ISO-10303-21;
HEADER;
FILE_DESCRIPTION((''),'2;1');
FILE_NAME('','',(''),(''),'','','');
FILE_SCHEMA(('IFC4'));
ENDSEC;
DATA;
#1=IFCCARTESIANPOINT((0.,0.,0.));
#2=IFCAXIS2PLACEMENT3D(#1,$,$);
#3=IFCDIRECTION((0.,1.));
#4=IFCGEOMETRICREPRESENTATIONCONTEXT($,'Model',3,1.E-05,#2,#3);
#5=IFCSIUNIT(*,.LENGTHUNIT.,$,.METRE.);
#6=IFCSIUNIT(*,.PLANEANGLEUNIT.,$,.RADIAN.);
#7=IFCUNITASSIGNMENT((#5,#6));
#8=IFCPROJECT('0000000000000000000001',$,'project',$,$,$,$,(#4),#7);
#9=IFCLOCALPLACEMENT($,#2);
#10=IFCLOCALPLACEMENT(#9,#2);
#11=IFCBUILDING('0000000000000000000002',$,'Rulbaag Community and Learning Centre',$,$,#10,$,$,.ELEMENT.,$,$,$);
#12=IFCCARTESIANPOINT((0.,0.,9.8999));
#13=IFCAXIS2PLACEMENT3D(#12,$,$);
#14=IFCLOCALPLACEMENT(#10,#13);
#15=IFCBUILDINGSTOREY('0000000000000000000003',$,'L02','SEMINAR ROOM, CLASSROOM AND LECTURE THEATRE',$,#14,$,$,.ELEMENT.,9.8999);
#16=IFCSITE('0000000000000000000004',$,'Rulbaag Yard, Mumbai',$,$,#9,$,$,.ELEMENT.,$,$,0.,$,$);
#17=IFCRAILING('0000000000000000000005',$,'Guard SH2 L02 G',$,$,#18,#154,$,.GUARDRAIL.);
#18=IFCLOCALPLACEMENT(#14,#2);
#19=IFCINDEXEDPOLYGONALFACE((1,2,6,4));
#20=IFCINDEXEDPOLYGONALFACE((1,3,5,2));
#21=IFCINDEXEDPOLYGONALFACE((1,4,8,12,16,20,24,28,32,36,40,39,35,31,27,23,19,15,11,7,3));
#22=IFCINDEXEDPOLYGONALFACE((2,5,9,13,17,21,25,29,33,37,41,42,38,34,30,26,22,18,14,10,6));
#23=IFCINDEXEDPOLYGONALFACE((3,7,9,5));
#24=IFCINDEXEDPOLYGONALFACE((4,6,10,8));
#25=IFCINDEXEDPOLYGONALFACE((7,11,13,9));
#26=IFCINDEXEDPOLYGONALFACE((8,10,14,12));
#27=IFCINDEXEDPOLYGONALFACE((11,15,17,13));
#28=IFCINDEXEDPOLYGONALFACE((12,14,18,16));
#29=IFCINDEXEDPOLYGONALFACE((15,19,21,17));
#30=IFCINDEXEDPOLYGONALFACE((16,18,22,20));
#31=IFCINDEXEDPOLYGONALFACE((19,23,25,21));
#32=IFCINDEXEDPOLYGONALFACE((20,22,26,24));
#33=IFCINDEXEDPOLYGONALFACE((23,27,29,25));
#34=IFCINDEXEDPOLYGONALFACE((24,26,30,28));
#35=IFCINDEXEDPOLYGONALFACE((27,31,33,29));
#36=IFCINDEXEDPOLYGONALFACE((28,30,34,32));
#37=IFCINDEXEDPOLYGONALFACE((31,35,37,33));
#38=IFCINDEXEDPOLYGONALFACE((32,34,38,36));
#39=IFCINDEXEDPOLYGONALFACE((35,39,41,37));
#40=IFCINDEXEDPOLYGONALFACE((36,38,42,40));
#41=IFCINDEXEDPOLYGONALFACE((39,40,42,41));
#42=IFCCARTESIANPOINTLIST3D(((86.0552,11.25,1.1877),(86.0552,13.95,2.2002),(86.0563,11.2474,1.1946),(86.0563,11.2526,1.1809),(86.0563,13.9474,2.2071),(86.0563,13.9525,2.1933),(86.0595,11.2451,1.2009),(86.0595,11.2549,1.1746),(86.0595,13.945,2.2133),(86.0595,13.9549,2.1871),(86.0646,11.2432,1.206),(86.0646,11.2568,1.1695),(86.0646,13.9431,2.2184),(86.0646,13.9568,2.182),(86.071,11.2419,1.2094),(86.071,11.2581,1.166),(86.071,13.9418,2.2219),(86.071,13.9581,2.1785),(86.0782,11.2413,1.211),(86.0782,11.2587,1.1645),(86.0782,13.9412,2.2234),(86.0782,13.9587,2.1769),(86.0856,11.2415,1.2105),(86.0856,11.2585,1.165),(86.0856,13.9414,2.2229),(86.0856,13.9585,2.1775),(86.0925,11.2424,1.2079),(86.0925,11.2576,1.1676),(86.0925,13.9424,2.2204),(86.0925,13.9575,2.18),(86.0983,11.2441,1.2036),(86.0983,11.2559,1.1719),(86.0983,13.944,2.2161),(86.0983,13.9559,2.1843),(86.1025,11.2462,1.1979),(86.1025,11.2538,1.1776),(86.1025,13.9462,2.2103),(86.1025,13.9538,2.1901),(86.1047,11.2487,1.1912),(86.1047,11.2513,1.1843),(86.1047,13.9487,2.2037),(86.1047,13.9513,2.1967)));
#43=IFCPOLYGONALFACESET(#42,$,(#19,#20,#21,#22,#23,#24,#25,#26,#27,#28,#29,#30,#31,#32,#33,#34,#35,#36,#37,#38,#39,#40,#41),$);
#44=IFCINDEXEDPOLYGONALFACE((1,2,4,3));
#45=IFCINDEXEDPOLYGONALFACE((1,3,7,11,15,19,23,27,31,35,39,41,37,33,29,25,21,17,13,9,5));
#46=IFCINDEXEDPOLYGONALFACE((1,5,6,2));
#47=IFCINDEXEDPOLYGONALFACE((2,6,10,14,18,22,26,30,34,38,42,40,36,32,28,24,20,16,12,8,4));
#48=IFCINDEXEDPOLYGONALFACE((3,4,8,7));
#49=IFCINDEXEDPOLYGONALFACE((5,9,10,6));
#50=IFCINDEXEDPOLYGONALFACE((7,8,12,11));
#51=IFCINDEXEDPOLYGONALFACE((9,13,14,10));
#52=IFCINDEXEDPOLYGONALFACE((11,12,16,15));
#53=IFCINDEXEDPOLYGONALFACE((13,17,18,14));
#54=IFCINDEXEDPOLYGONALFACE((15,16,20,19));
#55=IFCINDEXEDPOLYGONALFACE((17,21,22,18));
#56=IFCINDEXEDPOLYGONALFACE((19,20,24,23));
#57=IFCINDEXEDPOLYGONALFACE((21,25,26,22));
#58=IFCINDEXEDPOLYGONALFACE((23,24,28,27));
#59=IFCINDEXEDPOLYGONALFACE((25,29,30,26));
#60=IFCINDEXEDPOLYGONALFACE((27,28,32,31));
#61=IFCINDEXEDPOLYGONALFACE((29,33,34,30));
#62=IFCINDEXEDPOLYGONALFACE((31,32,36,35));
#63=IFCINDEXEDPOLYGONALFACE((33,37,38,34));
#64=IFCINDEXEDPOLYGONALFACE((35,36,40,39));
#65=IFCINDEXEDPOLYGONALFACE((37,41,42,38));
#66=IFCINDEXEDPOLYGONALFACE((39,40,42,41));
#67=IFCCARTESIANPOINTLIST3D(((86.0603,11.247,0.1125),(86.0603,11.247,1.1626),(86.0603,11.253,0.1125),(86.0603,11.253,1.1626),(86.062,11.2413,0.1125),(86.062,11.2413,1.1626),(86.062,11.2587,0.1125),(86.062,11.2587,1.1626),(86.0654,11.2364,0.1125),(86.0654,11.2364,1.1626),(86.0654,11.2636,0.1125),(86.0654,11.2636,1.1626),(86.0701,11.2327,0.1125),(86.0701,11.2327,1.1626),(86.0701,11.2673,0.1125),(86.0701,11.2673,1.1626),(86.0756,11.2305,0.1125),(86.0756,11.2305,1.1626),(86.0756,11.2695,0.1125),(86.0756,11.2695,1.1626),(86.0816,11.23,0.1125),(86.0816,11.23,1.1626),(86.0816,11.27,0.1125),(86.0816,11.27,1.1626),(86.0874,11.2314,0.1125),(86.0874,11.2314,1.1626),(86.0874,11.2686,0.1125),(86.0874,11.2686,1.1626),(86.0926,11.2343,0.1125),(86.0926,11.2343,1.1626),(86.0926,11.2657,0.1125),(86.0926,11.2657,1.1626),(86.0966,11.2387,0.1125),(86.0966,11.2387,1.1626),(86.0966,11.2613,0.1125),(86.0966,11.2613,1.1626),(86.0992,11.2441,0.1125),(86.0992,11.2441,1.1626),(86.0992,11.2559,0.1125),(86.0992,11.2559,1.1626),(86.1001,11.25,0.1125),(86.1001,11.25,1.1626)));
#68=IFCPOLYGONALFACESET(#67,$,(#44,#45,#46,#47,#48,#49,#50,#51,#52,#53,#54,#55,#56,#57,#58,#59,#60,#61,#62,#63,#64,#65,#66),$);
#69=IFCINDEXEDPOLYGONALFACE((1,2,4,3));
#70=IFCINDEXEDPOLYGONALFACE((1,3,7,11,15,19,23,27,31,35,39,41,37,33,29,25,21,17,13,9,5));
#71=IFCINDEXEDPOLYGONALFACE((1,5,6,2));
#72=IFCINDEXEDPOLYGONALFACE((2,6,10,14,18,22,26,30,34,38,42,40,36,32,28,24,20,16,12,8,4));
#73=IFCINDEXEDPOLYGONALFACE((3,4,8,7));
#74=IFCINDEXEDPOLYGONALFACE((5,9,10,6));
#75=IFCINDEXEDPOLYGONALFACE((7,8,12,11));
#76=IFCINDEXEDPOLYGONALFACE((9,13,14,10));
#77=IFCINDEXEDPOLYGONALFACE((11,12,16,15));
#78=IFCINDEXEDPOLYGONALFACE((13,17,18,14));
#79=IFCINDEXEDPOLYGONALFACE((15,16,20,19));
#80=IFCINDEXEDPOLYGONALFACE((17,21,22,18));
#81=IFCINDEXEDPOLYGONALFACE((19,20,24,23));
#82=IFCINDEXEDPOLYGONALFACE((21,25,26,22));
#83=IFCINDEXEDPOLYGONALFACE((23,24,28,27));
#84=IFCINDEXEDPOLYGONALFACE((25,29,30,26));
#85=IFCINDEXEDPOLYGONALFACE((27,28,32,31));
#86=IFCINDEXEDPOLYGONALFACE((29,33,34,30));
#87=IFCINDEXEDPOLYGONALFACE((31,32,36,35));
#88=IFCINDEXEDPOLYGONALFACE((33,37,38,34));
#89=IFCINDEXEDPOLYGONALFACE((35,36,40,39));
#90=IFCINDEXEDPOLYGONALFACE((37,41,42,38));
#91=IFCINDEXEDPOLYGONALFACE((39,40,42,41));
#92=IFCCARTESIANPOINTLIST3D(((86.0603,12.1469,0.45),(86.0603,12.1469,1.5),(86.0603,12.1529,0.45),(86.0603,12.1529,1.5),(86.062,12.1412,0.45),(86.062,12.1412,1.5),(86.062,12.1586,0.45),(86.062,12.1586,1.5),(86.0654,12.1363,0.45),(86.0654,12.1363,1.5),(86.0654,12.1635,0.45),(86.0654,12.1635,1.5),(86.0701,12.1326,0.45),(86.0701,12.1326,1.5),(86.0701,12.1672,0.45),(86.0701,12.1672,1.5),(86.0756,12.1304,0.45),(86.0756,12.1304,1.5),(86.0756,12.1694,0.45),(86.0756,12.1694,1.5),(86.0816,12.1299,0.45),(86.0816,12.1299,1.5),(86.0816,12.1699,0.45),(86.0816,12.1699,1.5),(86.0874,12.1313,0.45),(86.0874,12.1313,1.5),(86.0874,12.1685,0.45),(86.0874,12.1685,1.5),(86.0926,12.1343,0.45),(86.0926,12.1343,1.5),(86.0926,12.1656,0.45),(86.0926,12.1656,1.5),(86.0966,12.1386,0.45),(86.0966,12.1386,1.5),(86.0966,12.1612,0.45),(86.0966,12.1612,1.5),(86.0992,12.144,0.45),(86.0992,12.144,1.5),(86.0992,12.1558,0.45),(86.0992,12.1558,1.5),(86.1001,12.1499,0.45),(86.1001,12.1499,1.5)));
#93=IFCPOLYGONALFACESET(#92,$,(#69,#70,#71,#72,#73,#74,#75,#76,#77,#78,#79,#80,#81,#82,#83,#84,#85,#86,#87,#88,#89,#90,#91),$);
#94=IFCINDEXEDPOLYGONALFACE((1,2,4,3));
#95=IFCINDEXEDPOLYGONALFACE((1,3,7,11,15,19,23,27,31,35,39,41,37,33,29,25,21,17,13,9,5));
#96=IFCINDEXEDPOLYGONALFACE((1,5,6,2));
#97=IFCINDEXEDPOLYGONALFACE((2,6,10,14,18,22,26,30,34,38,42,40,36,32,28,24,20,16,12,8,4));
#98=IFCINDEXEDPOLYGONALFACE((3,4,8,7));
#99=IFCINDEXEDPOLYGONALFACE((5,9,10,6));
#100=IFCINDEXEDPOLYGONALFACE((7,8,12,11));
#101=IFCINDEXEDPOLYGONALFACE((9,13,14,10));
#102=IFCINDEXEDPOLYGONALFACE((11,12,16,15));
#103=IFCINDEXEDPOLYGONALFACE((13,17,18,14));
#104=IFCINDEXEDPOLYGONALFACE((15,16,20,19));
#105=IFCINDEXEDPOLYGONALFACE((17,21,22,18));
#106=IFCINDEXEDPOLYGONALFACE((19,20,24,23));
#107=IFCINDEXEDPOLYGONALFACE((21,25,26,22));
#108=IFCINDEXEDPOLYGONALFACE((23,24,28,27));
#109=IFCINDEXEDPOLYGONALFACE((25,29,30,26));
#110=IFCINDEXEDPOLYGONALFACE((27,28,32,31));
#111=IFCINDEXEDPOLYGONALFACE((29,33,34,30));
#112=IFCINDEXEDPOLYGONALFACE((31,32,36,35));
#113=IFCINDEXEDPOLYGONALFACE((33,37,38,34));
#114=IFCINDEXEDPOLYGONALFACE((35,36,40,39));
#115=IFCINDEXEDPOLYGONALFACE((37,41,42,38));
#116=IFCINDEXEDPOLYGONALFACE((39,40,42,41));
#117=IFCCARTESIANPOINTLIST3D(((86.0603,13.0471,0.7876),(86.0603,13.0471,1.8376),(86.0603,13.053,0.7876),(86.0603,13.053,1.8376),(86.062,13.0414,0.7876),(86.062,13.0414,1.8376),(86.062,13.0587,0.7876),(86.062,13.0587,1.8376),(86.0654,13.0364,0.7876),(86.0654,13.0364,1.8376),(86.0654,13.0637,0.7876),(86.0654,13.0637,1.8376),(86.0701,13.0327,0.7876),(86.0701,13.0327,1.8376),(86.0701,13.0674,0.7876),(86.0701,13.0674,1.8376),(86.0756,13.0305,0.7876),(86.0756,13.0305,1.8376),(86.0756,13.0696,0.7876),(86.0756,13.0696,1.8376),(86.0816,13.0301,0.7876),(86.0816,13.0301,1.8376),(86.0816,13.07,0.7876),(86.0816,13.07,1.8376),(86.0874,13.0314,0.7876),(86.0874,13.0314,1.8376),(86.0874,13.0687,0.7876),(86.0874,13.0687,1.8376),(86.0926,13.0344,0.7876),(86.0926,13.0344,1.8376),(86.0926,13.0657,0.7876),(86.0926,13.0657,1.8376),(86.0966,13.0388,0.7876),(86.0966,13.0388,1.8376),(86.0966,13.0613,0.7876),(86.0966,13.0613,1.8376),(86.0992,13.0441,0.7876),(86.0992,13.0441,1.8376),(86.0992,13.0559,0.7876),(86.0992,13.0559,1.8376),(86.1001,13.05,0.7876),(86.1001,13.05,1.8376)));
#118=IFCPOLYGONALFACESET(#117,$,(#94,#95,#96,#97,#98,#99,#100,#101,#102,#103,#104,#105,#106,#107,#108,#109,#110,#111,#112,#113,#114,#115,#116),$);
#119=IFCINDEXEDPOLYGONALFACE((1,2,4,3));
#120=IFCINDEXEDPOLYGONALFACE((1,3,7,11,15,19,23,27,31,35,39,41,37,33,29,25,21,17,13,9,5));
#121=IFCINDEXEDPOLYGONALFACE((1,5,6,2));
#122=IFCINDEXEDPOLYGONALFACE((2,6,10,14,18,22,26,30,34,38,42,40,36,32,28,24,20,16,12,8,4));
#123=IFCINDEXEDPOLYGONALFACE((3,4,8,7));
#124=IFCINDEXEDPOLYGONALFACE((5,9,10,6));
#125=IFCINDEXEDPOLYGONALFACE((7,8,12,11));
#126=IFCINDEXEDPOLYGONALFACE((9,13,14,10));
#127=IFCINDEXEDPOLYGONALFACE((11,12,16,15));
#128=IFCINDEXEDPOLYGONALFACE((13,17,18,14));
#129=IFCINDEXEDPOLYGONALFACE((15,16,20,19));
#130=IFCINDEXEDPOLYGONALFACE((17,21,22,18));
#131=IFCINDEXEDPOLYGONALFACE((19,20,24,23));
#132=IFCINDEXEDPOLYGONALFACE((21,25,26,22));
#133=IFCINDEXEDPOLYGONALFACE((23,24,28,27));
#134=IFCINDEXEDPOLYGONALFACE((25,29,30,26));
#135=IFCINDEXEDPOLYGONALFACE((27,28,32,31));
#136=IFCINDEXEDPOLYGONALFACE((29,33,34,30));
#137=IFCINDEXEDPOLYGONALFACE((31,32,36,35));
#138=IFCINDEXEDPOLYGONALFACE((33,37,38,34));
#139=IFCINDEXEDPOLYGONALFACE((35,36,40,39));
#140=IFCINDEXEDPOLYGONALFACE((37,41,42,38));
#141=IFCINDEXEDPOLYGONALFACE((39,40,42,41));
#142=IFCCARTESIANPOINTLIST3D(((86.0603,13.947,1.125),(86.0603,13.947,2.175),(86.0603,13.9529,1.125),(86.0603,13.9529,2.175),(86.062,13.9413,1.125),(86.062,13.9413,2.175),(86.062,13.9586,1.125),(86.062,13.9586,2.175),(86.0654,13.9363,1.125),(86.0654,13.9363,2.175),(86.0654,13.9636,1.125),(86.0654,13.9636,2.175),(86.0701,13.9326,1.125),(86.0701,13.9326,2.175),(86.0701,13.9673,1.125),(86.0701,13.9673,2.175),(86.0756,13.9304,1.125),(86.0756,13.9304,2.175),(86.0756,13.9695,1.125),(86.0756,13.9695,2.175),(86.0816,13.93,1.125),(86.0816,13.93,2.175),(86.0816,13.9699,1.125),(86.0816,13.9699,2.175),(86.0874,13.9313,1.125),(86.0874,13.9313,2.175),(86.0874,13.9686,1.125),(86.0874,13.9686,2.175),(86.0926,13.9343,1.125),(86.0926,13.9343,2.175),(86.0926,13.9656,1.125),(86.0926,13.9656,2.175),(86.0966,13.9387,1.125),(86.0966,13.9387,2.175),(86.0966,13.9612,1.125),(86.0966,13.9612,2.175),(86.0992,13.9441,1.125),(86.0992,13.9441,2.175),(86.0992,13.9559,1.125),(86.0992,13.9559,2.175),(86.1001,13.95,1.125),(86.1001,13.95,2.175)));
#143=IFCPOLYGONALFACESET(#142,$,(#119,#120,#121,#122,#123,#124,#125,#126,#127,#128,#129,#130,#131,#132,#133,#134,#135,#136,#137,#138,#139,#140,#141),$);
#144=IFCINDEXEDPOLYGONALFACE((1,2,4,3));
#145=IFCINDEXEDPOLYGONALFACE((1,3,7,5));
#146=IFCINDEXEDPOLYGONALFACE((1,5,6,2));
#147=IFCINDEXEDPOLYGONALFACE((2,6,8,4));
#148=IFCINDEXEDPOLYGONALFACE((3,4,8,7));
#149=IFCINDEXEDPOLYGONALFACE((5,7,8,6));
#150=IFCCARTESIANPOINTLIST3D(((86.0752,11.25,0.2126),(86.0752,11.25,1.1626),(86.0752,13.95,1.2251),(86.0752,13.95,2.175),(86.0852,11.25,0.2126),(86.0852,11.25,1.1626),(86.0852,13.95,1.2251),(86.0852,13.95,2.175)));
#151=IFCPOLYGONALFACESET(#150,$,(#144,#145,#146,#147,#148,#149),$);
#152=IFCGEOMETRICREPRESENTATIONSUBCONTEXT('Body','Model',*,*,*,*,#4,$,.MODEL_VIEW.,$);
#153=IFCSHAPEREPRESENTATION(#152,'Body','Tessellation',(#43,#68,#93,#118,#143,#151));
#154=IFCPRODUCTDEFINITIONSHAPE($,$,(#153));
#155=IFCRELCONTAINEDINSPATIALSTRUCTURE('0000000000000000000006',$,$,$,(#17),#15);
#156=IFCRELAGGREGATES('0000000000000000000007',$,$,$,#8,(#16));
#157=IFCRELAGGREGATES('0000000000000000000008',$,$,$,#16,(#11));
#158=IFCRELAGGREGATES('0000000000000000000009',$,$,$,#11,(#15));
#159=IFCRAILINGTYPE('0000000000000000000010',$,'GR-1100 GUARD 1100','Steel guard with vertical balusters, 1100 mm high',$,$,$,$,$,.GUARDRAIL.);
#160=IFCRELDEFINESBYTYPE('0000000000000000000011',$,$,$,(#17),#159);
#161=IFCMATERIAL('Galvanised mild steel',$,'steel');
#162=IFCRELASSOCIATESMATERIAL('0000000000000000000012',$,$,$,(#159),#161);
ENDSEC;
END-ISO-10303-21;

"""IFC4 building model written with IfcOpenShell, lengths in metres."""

from ifc_helpers import new_model, si_unit, direction, frame, origin, origin_2d, place, context, subcontext, project, spatial, polyline, circle, outline, extrude, material, type_object, element, save


model = new_model("IFC4")

# Units and contexts
model_context = context("Model", 3, precision=1e-05, world=origin(), true_north=direction((0.0, 1.0)))
body_context = subcontext(model_context, "Body", "Model", "MODEL_VIEW")
ifc_project = project(units=[si_unit("LENGTHUNIT", "METRE"), si_unit("PLANEANGLEUNIT", "RADIAN")], contexts=[model_context])

# Site, building, storey
site_placement = place(None, origin())
site = spatial("IfcSite", under=ifc_project, at=site_placement, Name="Rulbaag Yard, Mumbai", CompositionType="ELEMENT", RefElevation=0.0)
building_placement = place(site_placement, origin())
building = spatial("IfcBuilding", under=site, at=building_placement, Name="Rulbaag Community and Learning Centre", CompositionType="ELEMENT")
storey_placement = place(building_placement, frame((0.0, 0.0, 9.8999)))
storey = spatial("IfcBuildingStorey", under=building, at=storey_placement, Name="L02", Description="SEMINAR ROOM, CLASSROOM AND LECTURE THEATRE", CompositionType="ELEMENT", Elevation=9.8999)

# Railing
ifc_material_1 = material(Name="Galvanised mild steel", Category="steel")
railing_type_1 = type_object("IfcRailingType", Name="GR-1100 GUARD 1100", Description="Steel guard with vertical balusters, 1100 mm high", PredefinedType="GUARDRAIL", material=ifc_material_1)
railing_1_placement = place(storey_placement, frame((86.0801, 11.25, 0.1125)))
element("IfcRailing", 1, at=railing_1_placement, inside=storey, type_object=railing_type_1, Name="Guard SH2 L02 G", PredefinedType="GUARDRAIL", context=body_context, shape_type="SweptSolid", body=[
    extrude(circle(Radius=0.0249, at=origin_2d()), frame((0.0, 0.0, 1.0752), z_axis=(0.0, 0.936333, 0.351114), x_axis=(-1.0, 0.0, 0.0)), (0.0, 0.0, 1.0), 2.8835),
    extrude(circle(Radius=0.02, at=origin_2d()), origin(), (0.0, 0.0, 1.0), 1.05),
    extrude(circle(Radius=0.02, at=origin_2d()), frame((0.0, 0.8999, 0.3374)), (0.0, 0.0, 1.0), 1.05),
    extrude(circle(Radius=0.02, at=origin_2d()), frame((0.0, 1.8, 0.675)), (0.0, 0.0, 1.0), 1.05),
    extrude(circle(Radius=0.02, at=origin_2d()), frame((0.0, 2.7, 1.0125)), (0.0, 0.0, 1.0), 1.05),
    extrude(outline(polyline([(0.0, 0.0), (2.7, 1.0125), (2.7, 1.9624), (0.0, 0.95), (0.0, 0.0)])), frame((-0.0049, 0.0, 0.1001), z_axis=(1.0, 0.0, 0.0), x_axis=(0.0, 1.0, 0.0)), (0.0, 0.0, 1.0), 0.01),
])

save(model, "model.ifc")
